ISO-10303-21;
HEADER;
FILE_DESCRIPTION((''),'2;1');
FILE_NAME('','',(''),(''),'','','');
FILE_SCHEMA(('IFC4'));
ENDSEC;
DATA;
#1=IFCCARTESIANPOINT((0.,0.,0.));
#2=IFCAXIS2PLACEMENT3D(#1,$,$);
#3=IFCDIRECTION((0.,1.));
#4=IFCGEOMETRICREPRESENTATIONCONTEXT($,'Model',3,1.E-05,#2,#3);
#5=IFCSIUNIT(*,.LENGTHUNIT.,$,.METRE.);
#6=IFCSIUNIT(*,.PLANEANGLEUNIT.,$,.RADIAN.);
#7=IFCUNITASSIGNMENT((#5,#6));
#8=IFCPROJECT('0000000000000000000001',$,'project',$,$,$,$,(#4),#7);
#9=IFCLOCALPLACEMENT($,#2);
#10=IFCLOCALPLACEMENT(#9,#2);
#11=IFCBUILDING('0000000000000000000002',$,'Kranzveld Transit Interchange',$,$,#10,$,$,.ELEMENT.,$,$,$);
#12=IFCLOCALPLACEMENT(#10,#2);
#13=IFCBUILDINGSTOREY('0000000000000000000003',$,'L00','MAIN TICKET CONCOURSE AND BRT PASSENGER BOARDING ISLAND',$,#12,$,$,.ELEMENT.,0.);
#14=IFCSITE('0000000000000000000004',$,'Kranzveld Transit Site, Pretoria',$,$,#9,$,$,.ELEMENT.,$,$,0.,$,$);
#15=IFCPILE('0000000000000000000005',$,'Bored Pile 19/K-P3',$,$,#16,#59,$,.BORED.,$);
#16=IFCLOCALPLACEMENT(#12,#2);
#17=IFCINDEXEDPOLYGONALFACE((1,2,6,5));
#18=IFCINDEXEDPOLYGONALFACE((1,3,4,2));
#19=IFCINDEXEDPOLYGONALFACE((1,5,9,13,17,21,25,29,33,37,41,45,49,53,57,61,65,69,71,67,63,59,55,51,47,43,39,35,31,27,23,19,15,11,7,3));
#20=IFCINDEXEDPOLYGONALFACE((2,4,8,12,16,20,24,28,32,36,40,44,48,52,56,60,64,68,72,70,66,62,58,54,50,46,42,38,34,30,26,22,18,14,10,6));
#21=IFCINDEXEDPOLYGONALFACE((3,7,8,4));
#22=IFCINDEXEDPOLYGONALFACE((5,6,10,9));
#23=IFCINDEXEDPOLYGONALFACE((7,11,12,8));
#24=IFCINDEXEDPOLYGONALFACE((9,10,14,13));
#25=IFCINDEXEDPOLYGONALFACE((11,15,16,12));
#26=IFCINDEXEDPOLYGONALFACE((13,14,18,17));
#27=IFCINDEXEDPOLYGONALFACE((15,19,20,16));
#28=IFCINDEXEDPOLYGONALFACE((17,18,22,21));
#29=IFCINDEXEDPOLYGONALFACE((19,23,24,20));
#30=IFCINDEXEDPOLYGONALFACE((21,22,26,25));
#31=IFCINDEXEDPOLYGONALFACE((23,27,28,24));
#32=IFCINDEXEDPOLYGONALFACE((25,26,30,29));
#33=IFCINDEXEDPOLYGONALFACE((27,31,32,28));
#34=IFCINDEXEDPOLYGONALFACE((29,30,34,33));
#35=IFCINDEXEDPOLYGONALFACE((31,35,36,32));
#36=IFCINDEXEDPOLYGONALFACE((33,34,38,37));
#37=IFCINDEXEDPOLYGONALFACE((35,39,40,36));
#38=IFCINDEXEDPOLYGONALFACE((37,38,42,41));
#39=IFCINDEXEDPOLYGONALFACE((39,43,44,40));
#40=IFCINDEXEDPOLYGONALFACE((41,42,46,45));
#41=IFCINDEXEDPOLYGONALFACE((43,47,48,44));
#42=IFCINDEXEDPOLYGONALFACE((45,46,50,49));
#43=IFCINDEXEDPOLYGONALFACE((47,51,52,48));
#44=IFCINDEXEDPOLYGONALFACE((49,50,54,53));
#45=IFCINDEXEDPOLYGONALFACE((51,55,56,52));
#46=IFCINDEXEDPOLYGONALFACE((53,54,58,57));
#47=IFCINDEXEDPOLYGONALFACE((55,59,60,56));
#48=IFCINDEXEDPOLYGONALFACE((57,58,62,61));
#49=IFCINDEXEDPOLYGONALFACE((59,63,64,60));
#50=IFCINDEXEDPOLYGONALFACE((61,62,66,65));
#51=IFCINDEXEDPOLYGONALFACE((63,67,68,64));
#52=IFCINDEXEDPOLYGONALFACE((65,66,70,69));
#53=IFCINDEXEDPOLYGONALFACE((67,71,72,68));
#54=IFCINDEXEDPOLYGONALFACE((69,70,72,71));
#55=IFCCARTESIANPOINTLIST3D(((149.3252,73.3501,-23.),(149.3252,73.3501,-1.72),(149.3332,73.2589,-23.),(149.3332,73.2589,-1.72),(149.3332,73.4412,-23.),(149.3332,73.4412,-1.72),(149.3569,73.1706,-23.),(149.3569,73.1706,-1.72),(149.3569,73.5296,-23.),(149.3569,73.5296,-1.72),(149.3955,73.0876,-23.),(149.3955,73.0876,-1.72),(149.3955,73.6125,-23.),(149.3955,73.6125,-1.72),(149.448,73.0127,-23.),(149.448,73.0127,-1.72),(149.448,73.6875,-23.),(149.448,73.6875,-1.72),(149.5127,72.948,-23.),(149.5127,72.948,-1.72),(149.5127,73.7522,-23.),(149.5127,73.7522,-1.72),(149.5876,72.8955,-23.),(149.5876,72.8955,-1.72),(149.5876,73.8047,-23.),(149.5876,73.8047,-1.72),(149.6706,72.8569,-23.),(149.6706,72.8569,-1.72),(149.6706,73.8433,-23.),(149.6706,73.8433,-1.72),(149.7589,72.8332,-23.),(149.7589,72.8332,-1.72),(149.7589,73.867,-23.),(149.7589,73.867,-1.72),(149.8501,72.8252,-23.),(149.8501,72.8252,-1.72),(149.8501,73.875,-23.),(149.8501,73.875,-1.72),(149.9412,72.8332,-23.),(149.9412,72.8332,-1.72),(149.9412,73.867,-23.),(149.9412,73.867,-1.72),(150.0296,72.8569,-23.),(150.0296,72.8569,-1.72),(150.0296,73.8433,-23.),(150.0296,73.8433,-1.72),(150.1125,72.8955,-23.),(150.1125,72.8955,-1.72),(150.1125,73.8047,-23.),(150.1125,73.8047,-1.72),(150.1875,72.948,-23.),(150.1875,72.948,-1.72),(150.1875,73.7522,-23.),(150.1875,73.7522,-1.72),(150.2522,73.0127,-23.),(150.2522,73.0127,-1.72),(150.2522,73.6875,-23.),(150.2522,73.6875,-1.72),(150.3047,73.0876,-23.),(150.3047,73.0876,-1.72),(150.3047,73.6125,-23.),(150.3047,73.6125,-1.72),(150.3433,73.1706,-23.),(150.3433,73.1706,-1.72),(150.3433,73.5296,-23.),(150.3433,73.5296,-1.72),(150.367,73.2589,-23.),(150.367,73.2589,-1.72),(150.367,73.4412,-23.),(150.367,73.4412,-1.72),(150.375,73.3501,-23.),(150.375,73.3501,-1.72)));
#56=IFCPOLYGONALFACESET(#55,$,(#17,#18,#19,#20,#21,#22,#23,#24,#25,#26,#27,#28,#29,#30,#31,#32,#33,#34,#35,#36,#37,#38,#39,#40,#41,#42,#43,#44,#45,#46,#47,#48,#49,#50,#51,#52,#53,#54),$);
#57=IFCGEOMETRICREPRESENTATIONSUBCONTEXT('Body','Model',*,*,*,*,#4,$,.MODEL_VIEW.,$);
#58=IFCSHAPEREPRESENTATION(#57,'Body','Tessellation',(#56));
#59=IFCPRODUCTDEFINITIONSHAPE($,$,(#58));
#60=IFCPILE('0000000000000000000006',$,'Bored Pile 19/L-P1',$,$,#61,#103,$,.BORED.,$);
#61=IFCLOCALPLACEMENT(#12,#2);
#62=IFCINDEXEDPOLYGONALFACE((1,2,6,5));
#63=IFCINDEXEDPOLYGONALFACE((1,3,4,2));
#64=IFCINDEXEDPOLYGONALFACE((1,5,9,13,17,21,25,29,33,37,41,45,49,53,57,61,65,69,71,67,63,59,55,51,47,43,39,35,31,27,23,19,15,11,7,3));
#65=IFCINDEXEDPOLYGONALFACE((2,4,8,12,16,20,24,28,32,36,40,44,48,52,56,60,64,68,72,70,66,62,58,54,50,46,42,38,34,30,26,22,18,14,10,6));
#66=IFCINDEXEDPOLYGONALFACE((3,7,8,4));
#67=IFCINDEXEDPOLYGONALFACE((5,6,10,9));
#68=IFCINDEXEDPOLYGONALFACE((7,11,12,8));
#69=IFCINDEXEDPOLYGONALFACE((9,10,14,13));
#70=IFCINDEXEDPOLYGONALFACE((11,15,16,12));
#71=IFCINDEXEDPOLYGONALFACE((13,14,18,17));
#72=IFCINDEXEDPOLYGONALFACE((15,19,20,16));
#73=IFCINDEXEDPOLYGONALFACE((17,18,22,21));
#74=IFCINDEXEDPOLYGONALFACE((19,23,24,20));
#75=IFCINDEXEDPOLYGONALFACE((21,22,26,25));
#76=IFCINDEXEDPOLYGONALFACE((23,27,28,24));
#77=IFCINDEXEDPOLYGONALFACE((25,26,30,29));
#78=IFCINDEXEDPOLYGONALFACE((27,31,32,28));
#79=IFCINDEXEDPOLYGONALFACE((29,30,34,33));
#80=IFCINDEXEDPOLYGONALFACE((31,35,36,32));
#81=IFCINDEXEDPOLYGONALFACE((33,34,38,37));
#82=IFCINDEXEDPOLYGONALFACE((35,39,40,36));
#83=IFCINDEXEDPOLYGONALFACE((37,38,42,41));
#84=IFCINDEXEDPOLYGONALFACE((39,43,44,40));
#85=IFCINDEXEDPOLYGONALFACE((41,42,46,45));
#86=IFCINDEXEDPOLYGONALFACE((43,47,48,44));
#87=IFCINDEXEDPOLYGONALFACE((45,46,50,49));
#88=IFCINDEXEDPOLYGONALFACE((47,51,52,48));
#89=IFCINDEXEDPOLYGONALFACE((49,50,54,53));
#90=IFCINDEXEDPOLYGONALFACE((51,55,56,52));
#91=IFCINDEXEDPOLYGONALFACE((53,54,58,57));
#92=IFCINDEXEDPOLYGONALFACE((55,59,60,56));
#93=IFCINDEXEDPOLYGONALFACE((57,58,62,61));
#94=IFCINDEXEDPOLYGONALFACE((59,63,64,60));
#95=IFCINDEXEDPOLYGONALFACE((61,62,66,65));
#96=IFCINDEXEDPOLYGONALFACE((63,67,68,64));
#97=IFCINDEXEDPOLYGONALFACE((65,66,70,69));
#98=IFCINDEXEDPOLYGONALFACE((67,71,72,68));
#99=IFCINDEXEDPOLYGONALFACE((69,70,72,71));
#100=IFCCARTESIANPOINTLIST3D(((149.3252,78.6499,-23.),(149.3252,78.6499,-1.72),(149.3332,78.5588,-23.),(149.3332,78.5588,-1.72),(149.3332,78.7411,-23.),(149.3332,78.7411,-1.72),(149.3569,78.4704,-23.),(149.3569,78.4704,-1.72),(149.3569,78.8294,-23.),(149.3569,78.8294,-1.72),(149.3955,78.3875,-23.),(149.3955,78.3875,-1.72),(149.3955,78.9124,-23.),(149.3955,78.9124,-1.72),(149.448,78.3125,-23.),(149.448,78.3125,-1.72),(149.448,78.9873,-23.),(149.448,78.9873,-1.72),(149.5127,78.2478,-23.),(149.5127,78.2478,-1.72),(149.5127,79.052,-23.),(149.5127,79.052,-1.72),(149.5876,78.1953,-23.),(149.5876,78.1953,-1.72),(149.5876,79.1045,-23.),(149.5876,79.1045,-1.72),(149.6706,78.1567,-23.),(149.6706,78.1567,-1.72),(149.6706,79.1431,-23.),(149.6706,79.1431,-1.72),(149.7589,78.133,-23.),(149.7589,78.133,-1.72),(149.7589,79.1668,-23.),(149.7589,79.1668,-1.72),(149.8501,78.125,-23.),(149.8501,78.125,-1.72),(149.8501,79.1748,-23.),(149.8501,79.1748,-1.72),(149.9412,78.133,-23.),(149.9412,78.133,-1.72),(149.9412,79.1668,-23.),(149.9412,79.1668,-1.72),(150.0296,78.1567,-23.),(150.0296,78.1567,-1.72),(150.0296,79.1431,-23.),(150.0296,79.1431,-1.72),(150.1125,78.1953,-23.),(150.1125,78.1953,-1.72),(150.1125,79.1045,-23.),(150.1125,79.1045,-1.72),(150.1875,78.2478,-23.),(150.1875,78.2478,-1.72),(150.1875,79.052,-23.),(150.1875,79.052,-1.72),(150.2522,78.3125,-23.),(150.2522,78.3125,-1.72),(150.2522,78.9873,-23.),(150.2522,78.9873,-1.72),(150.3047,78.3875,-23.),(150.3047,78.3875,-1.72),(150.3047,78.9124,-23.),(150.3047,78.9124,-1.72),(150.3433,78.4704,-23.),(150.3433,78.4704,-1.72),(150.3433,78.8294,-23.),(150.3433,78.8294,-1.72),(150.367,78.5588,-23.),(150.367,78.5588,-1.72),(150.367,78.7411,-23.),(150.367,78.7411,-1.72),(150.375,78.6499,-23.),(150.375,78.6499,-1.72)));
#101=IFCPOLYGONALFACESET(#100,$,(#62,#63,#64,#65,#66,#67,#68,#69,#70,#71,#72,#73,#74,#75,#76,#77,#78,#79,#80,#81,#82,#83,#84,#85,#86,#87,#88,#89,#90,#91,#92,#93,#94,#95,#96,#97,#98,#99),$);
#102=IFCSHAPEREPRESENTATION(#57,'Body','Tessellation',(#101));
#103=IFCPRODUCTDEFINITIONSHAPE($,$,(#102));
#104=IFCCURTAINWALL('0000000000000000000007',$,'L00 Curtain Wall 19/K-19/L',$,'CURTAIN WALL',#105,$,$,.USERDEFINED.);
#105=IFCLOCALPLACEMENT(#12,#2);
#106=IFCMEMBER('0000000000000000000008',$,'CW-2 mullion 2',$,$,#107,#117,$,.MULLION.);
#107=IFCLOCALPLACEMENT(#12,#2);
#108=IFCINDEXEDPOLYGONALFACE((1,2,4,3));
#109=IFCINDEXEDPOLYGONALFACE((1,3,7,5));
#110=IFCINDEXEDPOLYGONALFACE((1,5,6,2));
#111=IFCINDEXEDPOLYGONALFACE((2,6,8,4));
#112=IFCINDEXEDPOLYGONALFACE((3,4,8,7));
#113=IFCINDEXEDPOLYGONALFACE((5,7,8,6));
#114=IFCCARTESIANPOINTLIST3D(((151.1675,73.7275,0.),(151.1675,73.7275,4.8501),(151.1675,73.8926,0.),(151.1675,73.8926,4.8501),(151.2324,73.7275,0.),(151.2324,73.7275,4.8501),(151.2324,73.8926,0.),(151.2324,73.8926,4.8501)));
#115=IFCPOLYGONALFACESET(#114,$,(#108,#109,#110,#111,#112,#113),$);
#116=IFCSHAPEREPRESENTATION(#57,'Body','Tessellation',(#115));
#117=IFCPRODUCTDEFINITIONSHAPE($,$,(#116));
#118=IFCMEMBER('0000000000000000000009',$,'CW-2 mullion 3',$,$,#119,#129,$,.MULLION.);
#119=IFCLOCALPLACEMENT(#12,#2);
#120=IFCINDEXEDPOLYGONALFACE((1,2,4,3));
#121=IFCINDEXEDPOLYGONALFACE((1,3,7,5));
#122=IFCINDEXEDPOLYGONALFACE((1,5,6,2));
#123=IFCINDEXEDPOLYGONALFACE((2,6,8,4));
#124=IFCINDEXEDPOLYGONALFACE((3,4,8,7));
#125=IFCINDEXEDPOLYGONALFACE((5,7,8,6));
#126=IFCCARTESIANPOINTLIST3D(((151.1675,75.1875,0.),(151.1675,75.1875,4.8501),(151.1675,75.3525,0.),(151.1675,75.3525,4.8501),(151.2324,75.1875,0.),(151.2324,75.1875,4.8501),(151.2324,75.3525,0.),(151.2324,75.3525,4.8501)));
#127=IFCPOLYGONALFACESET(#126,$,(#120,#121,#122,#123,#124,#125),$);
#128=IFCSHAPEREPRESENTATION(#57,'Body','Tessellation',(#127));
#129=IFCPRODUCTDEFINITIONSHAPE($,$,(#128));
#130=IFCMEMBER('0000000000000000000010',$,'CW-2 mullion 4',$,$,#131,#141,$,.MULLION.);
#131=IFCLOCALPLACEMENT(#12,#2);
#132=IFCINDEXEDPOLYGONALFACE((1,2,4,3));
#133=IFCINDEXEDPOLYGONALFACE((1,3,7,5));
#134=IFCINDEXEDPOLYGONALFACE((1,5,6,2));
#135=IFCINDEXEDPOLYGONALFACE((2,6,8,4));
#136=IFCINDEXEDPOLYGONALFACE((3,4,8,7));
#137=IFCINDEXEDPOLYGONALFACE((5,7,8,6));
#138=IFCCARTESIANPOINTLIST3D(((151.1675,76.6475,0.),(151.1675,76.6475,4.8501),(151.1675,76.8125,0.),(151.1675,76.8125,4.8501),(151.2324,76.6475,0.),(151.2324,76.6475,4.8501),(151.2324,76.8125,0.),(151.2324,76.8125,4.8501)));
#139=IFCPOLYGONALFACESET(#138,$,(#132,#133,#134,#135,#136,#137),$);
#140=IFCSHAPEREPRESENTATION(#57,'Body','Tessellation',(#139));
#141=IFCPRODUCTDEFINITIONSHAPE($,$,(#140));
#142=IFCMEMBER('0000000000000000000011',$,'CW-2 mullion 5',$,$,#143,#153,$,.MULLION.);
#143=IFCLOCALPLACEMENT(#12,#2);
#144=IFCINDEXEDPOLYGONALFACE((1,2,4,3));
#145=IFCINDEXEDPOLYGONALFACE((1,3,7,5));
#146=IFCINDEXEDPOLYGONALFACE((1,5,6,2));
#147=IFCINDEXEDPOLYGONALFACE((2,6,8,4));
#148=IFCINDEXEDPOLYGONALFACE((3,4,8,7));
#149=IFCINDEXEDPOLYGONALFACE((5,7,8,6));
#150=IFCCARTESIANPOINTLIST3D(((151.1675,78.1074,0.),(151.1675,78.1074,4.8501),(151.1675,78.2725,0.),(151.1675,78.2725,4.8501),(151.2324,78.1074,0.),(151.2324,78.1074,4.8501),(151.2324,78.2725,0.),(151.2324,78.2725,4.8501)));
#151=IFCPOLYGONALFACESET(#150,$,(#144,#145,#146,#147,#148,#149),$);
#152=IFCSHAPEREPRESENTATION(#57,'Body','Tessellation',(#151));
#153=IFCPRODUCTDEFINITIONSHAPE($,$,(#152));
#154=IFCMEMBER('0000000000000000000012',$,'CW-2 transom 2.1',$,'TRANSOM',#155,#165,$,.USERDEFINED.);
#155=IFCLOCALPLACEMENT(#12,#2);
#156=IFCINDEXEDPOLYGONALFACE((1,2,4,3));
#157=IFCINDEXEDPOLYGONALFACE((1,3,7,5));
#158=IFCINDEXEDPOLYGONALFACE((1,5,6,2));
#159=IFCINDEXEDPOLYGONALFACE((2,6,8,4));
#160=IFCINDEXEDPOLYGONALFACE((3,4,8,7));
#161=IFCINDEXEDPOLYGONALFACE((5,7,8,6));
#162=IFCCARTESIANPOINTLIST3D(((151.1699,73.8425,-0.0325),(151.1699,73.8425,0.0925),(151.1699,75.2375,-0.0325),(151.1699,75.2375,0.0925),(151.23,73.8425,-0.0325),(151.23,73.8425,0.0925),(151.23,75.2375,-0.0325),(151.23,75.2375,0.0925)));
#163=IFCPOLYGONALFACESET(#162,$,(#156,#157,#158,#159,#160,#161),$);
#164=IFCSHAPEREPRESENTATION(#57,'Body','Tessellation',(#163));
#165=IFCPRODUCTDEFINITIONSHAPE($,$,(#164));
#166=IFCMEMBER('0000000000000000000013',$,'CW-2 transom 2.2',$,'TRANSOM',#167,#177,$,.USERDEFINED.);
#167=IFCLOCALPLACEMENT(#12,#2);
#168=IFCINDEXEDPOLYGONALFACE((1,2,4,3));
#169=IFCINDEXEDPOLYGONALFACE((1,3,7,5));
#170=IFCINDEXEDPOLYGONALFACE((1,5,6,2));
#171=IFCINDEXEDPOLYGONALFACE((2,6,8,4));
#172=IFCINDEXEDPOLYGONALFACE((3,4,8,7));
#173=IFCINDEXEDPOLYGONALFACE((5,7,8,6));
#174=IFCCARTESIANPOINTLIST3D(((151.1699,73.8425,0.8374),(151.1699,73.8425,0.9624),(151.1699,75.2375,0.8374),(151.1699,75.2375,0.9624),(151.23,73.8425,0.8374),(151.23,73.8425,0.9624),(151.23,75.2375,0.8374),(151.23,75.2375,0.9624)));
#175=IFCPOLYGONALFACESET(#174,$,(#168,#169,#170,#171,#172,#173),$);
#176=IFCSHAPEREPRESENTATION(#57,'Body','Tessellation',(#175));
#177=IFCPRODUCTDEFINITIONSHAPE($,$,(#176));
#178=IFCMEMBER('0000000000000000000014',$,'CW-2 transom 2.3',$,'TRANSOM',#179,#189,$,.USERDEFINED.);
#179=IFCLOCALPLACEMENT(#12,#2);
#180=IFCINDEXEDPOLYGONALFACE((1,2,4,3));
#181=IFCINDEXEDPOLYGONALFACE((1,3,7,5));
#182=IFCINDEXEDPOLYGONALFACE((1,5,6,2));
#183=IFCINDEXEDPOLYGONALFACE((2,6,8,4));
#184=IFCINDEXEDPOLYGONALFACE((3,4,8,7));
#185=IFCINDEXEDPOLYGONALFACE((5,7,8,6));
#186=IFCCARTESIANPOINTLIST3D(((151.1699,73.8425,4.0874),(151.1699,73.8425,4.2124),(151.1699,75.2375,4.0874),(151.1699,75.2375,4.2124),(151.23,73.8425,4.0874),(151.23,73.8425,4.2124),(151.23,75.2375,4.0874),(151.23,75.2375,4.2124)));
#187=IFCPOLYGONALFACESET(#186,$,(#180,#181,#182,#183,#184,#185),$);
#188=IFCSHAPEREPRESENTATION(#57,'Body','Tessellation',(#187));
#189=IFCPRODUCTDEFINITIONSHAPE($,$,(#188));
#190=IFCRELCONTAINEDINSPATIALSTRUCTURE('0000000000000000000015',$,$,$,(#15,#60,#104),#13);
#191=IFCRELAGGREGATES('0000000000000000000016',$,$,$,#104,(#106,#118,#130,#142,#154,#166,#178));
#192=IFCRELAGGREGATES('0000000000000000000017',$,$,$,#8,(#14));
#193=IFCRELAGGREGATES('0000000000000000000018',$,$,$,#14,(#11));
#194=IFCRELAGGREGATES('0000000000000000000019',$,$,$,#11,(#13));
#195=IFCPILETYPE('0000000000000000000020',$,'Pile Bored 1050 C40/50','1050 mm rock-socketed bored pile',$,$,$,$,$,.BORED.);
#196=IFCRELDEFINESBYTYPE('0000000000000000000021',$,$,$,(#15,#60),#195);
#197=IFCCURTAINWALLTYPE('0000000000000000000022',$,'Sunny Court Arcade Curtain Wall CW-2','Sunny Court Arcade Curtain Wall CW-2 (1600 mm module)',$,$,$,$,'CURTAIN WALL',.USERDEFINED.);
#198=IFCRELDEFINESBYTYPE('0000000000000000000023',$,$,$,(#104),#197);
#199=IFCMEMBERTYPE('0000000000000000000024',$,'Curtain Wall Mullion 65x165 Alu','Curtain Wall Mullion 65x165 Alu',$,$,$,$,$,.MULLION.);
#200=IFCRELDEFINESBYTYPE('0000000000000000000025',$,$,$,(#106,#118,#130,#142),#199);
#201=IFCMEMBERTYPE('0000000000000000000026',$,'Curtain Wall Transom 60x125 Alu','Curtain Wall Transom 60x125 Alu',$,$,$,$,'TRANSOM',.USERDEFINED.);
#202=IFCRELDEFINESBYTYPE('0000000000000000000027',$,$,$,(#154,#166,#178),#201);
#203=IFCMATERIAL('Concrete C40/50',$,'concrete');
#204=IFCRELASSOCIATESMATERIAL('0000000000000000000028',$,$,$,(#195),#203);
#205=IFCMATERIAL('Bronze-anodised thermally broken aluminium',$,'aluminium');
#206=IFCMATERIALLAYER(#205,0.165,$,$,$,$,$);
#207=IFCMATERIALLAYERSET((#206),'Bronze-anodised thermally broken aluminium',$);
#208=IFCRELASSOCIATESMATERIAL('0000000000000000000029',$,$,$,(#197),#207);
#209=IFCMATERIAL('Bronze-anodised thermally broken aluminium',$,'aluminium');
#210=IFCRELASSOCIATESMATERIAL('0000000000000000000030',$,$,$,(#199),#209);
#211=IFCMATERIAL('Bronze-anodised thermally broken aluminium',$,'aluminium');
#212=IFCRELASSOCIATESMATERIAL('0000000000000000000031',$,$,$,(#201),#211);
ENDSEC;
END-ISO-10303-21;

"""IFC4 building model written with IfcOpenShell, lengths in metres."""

from ifc_helpers import new_model, si_unit, direction, frame, origin, origin_2d, place, context, subcontext, project, spatial, rectangle, circle, extrude, material, layer, layer_set, material_profile, profile_set, type_object, element, aggregate, save


model = new_model("IFC4")

# Units and contexts
model_context = context("Model", 3, precision=1e-05, world=origin(), true_north=direction((0.0, 1.0)))
body_context = subcontext(model_context, "Body", "Model", "MODEL_VIEW")
ifc_project = project(units=[si_unit("LENGTHUNIT", "METRE"), si_unit("PLANEANGLEUNIT", "RADIAN")], contexts=[model_context])

# Site, building, storey
site_placement = place(None, origin())
site = spatial("IfcSite", under=ifc_project, at=site_placement, Name="Kranzveld Transit Site, Pretoria", CompositionType="ELEMENT", RefElevation=0.0)
building_placement = place(site_placement, origin())
building = spatial("IfcBuilding", under=site, at=building_placement, Name="Kranzveld Transit Interchange", CompositionType="ELEMENT")
storey_placement = place(building_placement, origin())
storey = spatial("IfcBuildingStorey", under=building, at=storey_placement, Name="L00", Description="MAIN TICKET CONCOURSE AND BRT PASSENGER BOARDING ISLAND", CompositionType="ELEMENT", Elevation=0.0)

# Piles
ifc_material_1 = material(Name="Concrete C40/50", Category="concrete")
ifc_material_profile_1 = material_profile(ifc_material_1, circle(Radius=0.5249, at=origin_2d()), Name="BORED PILE 1050")
ifc_profile_set_1 = profile_set([ifc_material_profile_1], Name="Concrete C40/50")
pile_type = type_object("IfcPileType", Name="Pile Bored 1050 C40/50", Description="1050 mm rock-socketed bored pile", PredefinedType="BORED", material=ifc_profile_set_1)
for number, where, z_axis, x_axis, name in (
    (1, (149.8501, 73.3501, -1.72), (0.0, 0.0, -1.0), (1.0, 0.0, 0.0), "Bored Pile 19/K-P3"),
    (2, (149.8501, 78.6499, -1.72), (0.0, 0.0, -1.0), (1.0, 0.0, 0.0), "Bored Pile 19/L-P1"),
):
    element("IfcPile", number, at=place(storey_placement, frame(where, z_axis=z_axis, x_axis=x_axis)), inside=storey, type_object=pile_type, Name=name, PredefinedType="BORED", context=body_context, shape_type="SweptSolid", body=[
        extrude(circle(Radius=0.5249, at=origin_2d()), origin(), (0.0, 0.0, 1.0), 21.28),
    ])

# Curtain wall, members
ifc_material_2 = material(Name="Bronze-anodised thermally broken aluminium", Category="aluminium")
ifc_layer_1 = layer(ifc_material_2, 0.165)
ifc_layer_set_1 = layer_set([ifc_layer_1], Name="Bronze-anodised thermally broken aluminium")
curtain_wall_type = type_object("IfcCurtainWallType", Name="Sunny Court Arcade Curtain Wall CW-2", Description="Sunny Court Arcade Curtain Wall CW-2 (1600 mm module)", ElementType="CURTAIN WALL", PredefinedType="USERDEFINED", material=ifc_layer_set_1)
curtain_wall_placement = place(storey_placement, origin())
curtain_wall = element("IfcCurtainWall", 3, at=curtain_wall_placement, inside=storey, type_object=curtain_wall_type, Name="L00 Curtain Wall 19/K-19/L", ObjectType="CURTAIN WALL", PredefinedType="USERDEFINED")
ifc_material_3 = material(Name="Bronze-anodised thermally broken aluminium", Category="aluminium")
ifc_material_profile_2 = material_profile(ifc_material_3, rectangle(XDim=0.0649, YDim=0.165, at=origin_2d()), Name="ALU MULLION 65x165")
ifc_profile_set_2 = profile_set([ifc_material_profile_2], Name="Bronze-anodised thermally broken aluminium")
member_type_1 = type_object("IfcMemberType", Name="Curtain Wall Mullion 65x165 Alu", Description="Curtain Wall Mullion 65x165 Alu", PredefinedType="MULLION", material=ifc_profile_set_2)
member_1_placement = place(storey_placement, frame((151.2, 73.8101, 0.0), z_axis=(0.0, 0.0, 1.0), x_axis=(-1.0, 0.0, 0.0)))
member_1 = element("IfcMember", 4, at=member_1_placement, type_object=member_type_1, Name="CW-2 mullion 2", PredefinedType="MULLION", context=body_context, shape_type="SweptSolid", body=[
    extrude(rectangle(XDim=0.0649, YDim=0.165, at=origin_2d()), origin(), (0.0, 0.0, 1.0), 4.8501),
])
member_2_placement = place(storey_placement, frame((151.2, 75.27, 0.0), z_axis=(0.0, 0.0, 1.0), x_axis=(-1.0, 0.0, 0.0)))
member_2 = element("IfcMember", 5, at=member_2_placement, type_object=member_type_1, Name="CW-2 mullion 3", PredefinedType="MULLION", context=body_context, shape_type="SweptSolid", body=[
    extrude(rectangle(XDim=0.0649, YDim=0.165, at=origin_2d()), origin(), (0.0, 0.0, 1.0), 4.8501),
])
member_3_placement = place(storey_placement, frame((151.2, 76.73, 0.0), z_axis=(0.0, 0.0, 1.0), x_axis=(-1.0, 0.0, 0.0)))
member_3 = element("IfcMember", 6, at=member_3_placement, type_object=member_type_1, Name="CW-2 mullion 4", PredefinedType="MULLION", context=body_context, shape_type="SweptSolid", body=[
    extrude(rectangle(XDim=0.0649, YDim=0.165, at=origin_2d()), origin(), (0.0, 0.0, 1.0), 4.8501),
])
member_4_placement = place(storey_placement, frame((151.2, 78.1899, 0.0), z_axis=(0.0, 0.0, 1.0), x_axis=(-1.0, 0.0, 0.0)))
member_4 = element("IfcMember", 7, at=member_4_placement, type_object=member_type_1, Name="CW-2 mullion 5", PredefinedType="MULLION", context=body_context, shape_type="SweptSolid", body=[
    extrude(rectangle(XDim=0.0649, YDim=0.165, at=origin_2d()), origin(), (0.0, 0.0, 1.0), 4.8501),
])
ifc_material_4 = material(Name="Bronze-anodised thermally broken aluminium", Category="aluminium")
ifc_material_profile_3 = material_profile(ifc_material_4, rectangle(XDim=0.0601, YDim=0.125, at=origin_2d()), Name="ALU TRANSOM 60x125")
ifc_profile_set_3 = profile_set([ifc_material_profile_3], Name="Bronze-anodised thermally broken aluminium")
member_type_2 = type_object("IfcMemberType", Name="Curtain Wall Transom 60x125 Alu", Description="Curtain Wall Transom 60x125 Alu", ElementType="TRANSOM", PredefinedType="USERDEFINED", material=ifc_profile_set_3)
member_5_placement = place(storey_placement, frame((151.2, 73.8425, 0.03), z_axis=(0.0, 1.0, 0.0), x_axis=(-1.0, 0.0, 0.0)))
member_5 = element("IfcMember", 8, at=member_5_placement, type_object=member_type_2, Name="CW-2 transom 2.1", ObjectType="TRANSOM", PredefinedType="USERDEFINED", context=body_context, shape_type="SweptSolid", body=[
    extrude(rectangle(XDim=0.0601, YDim=0.125, at=origin_2d()), origin(), (0.0, 0.0, 1.0), 1.395),
])
member_6_placement = place(storey_placement, frame((151.2, 73.8425, 0.8999), z_axis=(0.0, 1.0, 0.0), x_axis=(-1.0, 0.0, 0.0)))
member_6 = element("IfcMember", 9, at=member_6_placement, type_object=member_type_2, Name="CW-2 transom 2.2", ObjectType="TRANSOM", PredefinedType="USERDEFINED", context=body_context, shape_type="SweptSolid", body=[
    extrude(rectangle(XDim=0.0601, YDim=0.125, at=origin_2d()), origin(), (0.0, 0.0, 1.0), 1.395),
])
member_7_placement = place(storey_placement, frame((151.2, 73.8425, 4.1499), z_axis=(0.0, 1.0, 0.0), x_axis=(-1.0, 0.0, 0.0)))
member_7 = element("IfcMember", 10, at=member_7_placement, type_object=member_type_2, Name="CW-2 transom 2.3", ObjectType="TRANSOM", PredefinedType="USERDEFINED", context=body_context, shape_type="SweptSolid", body=[
    extrude(rectangle(XDim=0.0601, YDim=0.125, at=origin_2d()), origin(), (0.0, 0.0, 1.0), 1.395),
])
aggregate(curtain_wall, [member_1, member_2, member_3, member_4, member_5, member_6, member_7])

save(model, "model.ifc")
